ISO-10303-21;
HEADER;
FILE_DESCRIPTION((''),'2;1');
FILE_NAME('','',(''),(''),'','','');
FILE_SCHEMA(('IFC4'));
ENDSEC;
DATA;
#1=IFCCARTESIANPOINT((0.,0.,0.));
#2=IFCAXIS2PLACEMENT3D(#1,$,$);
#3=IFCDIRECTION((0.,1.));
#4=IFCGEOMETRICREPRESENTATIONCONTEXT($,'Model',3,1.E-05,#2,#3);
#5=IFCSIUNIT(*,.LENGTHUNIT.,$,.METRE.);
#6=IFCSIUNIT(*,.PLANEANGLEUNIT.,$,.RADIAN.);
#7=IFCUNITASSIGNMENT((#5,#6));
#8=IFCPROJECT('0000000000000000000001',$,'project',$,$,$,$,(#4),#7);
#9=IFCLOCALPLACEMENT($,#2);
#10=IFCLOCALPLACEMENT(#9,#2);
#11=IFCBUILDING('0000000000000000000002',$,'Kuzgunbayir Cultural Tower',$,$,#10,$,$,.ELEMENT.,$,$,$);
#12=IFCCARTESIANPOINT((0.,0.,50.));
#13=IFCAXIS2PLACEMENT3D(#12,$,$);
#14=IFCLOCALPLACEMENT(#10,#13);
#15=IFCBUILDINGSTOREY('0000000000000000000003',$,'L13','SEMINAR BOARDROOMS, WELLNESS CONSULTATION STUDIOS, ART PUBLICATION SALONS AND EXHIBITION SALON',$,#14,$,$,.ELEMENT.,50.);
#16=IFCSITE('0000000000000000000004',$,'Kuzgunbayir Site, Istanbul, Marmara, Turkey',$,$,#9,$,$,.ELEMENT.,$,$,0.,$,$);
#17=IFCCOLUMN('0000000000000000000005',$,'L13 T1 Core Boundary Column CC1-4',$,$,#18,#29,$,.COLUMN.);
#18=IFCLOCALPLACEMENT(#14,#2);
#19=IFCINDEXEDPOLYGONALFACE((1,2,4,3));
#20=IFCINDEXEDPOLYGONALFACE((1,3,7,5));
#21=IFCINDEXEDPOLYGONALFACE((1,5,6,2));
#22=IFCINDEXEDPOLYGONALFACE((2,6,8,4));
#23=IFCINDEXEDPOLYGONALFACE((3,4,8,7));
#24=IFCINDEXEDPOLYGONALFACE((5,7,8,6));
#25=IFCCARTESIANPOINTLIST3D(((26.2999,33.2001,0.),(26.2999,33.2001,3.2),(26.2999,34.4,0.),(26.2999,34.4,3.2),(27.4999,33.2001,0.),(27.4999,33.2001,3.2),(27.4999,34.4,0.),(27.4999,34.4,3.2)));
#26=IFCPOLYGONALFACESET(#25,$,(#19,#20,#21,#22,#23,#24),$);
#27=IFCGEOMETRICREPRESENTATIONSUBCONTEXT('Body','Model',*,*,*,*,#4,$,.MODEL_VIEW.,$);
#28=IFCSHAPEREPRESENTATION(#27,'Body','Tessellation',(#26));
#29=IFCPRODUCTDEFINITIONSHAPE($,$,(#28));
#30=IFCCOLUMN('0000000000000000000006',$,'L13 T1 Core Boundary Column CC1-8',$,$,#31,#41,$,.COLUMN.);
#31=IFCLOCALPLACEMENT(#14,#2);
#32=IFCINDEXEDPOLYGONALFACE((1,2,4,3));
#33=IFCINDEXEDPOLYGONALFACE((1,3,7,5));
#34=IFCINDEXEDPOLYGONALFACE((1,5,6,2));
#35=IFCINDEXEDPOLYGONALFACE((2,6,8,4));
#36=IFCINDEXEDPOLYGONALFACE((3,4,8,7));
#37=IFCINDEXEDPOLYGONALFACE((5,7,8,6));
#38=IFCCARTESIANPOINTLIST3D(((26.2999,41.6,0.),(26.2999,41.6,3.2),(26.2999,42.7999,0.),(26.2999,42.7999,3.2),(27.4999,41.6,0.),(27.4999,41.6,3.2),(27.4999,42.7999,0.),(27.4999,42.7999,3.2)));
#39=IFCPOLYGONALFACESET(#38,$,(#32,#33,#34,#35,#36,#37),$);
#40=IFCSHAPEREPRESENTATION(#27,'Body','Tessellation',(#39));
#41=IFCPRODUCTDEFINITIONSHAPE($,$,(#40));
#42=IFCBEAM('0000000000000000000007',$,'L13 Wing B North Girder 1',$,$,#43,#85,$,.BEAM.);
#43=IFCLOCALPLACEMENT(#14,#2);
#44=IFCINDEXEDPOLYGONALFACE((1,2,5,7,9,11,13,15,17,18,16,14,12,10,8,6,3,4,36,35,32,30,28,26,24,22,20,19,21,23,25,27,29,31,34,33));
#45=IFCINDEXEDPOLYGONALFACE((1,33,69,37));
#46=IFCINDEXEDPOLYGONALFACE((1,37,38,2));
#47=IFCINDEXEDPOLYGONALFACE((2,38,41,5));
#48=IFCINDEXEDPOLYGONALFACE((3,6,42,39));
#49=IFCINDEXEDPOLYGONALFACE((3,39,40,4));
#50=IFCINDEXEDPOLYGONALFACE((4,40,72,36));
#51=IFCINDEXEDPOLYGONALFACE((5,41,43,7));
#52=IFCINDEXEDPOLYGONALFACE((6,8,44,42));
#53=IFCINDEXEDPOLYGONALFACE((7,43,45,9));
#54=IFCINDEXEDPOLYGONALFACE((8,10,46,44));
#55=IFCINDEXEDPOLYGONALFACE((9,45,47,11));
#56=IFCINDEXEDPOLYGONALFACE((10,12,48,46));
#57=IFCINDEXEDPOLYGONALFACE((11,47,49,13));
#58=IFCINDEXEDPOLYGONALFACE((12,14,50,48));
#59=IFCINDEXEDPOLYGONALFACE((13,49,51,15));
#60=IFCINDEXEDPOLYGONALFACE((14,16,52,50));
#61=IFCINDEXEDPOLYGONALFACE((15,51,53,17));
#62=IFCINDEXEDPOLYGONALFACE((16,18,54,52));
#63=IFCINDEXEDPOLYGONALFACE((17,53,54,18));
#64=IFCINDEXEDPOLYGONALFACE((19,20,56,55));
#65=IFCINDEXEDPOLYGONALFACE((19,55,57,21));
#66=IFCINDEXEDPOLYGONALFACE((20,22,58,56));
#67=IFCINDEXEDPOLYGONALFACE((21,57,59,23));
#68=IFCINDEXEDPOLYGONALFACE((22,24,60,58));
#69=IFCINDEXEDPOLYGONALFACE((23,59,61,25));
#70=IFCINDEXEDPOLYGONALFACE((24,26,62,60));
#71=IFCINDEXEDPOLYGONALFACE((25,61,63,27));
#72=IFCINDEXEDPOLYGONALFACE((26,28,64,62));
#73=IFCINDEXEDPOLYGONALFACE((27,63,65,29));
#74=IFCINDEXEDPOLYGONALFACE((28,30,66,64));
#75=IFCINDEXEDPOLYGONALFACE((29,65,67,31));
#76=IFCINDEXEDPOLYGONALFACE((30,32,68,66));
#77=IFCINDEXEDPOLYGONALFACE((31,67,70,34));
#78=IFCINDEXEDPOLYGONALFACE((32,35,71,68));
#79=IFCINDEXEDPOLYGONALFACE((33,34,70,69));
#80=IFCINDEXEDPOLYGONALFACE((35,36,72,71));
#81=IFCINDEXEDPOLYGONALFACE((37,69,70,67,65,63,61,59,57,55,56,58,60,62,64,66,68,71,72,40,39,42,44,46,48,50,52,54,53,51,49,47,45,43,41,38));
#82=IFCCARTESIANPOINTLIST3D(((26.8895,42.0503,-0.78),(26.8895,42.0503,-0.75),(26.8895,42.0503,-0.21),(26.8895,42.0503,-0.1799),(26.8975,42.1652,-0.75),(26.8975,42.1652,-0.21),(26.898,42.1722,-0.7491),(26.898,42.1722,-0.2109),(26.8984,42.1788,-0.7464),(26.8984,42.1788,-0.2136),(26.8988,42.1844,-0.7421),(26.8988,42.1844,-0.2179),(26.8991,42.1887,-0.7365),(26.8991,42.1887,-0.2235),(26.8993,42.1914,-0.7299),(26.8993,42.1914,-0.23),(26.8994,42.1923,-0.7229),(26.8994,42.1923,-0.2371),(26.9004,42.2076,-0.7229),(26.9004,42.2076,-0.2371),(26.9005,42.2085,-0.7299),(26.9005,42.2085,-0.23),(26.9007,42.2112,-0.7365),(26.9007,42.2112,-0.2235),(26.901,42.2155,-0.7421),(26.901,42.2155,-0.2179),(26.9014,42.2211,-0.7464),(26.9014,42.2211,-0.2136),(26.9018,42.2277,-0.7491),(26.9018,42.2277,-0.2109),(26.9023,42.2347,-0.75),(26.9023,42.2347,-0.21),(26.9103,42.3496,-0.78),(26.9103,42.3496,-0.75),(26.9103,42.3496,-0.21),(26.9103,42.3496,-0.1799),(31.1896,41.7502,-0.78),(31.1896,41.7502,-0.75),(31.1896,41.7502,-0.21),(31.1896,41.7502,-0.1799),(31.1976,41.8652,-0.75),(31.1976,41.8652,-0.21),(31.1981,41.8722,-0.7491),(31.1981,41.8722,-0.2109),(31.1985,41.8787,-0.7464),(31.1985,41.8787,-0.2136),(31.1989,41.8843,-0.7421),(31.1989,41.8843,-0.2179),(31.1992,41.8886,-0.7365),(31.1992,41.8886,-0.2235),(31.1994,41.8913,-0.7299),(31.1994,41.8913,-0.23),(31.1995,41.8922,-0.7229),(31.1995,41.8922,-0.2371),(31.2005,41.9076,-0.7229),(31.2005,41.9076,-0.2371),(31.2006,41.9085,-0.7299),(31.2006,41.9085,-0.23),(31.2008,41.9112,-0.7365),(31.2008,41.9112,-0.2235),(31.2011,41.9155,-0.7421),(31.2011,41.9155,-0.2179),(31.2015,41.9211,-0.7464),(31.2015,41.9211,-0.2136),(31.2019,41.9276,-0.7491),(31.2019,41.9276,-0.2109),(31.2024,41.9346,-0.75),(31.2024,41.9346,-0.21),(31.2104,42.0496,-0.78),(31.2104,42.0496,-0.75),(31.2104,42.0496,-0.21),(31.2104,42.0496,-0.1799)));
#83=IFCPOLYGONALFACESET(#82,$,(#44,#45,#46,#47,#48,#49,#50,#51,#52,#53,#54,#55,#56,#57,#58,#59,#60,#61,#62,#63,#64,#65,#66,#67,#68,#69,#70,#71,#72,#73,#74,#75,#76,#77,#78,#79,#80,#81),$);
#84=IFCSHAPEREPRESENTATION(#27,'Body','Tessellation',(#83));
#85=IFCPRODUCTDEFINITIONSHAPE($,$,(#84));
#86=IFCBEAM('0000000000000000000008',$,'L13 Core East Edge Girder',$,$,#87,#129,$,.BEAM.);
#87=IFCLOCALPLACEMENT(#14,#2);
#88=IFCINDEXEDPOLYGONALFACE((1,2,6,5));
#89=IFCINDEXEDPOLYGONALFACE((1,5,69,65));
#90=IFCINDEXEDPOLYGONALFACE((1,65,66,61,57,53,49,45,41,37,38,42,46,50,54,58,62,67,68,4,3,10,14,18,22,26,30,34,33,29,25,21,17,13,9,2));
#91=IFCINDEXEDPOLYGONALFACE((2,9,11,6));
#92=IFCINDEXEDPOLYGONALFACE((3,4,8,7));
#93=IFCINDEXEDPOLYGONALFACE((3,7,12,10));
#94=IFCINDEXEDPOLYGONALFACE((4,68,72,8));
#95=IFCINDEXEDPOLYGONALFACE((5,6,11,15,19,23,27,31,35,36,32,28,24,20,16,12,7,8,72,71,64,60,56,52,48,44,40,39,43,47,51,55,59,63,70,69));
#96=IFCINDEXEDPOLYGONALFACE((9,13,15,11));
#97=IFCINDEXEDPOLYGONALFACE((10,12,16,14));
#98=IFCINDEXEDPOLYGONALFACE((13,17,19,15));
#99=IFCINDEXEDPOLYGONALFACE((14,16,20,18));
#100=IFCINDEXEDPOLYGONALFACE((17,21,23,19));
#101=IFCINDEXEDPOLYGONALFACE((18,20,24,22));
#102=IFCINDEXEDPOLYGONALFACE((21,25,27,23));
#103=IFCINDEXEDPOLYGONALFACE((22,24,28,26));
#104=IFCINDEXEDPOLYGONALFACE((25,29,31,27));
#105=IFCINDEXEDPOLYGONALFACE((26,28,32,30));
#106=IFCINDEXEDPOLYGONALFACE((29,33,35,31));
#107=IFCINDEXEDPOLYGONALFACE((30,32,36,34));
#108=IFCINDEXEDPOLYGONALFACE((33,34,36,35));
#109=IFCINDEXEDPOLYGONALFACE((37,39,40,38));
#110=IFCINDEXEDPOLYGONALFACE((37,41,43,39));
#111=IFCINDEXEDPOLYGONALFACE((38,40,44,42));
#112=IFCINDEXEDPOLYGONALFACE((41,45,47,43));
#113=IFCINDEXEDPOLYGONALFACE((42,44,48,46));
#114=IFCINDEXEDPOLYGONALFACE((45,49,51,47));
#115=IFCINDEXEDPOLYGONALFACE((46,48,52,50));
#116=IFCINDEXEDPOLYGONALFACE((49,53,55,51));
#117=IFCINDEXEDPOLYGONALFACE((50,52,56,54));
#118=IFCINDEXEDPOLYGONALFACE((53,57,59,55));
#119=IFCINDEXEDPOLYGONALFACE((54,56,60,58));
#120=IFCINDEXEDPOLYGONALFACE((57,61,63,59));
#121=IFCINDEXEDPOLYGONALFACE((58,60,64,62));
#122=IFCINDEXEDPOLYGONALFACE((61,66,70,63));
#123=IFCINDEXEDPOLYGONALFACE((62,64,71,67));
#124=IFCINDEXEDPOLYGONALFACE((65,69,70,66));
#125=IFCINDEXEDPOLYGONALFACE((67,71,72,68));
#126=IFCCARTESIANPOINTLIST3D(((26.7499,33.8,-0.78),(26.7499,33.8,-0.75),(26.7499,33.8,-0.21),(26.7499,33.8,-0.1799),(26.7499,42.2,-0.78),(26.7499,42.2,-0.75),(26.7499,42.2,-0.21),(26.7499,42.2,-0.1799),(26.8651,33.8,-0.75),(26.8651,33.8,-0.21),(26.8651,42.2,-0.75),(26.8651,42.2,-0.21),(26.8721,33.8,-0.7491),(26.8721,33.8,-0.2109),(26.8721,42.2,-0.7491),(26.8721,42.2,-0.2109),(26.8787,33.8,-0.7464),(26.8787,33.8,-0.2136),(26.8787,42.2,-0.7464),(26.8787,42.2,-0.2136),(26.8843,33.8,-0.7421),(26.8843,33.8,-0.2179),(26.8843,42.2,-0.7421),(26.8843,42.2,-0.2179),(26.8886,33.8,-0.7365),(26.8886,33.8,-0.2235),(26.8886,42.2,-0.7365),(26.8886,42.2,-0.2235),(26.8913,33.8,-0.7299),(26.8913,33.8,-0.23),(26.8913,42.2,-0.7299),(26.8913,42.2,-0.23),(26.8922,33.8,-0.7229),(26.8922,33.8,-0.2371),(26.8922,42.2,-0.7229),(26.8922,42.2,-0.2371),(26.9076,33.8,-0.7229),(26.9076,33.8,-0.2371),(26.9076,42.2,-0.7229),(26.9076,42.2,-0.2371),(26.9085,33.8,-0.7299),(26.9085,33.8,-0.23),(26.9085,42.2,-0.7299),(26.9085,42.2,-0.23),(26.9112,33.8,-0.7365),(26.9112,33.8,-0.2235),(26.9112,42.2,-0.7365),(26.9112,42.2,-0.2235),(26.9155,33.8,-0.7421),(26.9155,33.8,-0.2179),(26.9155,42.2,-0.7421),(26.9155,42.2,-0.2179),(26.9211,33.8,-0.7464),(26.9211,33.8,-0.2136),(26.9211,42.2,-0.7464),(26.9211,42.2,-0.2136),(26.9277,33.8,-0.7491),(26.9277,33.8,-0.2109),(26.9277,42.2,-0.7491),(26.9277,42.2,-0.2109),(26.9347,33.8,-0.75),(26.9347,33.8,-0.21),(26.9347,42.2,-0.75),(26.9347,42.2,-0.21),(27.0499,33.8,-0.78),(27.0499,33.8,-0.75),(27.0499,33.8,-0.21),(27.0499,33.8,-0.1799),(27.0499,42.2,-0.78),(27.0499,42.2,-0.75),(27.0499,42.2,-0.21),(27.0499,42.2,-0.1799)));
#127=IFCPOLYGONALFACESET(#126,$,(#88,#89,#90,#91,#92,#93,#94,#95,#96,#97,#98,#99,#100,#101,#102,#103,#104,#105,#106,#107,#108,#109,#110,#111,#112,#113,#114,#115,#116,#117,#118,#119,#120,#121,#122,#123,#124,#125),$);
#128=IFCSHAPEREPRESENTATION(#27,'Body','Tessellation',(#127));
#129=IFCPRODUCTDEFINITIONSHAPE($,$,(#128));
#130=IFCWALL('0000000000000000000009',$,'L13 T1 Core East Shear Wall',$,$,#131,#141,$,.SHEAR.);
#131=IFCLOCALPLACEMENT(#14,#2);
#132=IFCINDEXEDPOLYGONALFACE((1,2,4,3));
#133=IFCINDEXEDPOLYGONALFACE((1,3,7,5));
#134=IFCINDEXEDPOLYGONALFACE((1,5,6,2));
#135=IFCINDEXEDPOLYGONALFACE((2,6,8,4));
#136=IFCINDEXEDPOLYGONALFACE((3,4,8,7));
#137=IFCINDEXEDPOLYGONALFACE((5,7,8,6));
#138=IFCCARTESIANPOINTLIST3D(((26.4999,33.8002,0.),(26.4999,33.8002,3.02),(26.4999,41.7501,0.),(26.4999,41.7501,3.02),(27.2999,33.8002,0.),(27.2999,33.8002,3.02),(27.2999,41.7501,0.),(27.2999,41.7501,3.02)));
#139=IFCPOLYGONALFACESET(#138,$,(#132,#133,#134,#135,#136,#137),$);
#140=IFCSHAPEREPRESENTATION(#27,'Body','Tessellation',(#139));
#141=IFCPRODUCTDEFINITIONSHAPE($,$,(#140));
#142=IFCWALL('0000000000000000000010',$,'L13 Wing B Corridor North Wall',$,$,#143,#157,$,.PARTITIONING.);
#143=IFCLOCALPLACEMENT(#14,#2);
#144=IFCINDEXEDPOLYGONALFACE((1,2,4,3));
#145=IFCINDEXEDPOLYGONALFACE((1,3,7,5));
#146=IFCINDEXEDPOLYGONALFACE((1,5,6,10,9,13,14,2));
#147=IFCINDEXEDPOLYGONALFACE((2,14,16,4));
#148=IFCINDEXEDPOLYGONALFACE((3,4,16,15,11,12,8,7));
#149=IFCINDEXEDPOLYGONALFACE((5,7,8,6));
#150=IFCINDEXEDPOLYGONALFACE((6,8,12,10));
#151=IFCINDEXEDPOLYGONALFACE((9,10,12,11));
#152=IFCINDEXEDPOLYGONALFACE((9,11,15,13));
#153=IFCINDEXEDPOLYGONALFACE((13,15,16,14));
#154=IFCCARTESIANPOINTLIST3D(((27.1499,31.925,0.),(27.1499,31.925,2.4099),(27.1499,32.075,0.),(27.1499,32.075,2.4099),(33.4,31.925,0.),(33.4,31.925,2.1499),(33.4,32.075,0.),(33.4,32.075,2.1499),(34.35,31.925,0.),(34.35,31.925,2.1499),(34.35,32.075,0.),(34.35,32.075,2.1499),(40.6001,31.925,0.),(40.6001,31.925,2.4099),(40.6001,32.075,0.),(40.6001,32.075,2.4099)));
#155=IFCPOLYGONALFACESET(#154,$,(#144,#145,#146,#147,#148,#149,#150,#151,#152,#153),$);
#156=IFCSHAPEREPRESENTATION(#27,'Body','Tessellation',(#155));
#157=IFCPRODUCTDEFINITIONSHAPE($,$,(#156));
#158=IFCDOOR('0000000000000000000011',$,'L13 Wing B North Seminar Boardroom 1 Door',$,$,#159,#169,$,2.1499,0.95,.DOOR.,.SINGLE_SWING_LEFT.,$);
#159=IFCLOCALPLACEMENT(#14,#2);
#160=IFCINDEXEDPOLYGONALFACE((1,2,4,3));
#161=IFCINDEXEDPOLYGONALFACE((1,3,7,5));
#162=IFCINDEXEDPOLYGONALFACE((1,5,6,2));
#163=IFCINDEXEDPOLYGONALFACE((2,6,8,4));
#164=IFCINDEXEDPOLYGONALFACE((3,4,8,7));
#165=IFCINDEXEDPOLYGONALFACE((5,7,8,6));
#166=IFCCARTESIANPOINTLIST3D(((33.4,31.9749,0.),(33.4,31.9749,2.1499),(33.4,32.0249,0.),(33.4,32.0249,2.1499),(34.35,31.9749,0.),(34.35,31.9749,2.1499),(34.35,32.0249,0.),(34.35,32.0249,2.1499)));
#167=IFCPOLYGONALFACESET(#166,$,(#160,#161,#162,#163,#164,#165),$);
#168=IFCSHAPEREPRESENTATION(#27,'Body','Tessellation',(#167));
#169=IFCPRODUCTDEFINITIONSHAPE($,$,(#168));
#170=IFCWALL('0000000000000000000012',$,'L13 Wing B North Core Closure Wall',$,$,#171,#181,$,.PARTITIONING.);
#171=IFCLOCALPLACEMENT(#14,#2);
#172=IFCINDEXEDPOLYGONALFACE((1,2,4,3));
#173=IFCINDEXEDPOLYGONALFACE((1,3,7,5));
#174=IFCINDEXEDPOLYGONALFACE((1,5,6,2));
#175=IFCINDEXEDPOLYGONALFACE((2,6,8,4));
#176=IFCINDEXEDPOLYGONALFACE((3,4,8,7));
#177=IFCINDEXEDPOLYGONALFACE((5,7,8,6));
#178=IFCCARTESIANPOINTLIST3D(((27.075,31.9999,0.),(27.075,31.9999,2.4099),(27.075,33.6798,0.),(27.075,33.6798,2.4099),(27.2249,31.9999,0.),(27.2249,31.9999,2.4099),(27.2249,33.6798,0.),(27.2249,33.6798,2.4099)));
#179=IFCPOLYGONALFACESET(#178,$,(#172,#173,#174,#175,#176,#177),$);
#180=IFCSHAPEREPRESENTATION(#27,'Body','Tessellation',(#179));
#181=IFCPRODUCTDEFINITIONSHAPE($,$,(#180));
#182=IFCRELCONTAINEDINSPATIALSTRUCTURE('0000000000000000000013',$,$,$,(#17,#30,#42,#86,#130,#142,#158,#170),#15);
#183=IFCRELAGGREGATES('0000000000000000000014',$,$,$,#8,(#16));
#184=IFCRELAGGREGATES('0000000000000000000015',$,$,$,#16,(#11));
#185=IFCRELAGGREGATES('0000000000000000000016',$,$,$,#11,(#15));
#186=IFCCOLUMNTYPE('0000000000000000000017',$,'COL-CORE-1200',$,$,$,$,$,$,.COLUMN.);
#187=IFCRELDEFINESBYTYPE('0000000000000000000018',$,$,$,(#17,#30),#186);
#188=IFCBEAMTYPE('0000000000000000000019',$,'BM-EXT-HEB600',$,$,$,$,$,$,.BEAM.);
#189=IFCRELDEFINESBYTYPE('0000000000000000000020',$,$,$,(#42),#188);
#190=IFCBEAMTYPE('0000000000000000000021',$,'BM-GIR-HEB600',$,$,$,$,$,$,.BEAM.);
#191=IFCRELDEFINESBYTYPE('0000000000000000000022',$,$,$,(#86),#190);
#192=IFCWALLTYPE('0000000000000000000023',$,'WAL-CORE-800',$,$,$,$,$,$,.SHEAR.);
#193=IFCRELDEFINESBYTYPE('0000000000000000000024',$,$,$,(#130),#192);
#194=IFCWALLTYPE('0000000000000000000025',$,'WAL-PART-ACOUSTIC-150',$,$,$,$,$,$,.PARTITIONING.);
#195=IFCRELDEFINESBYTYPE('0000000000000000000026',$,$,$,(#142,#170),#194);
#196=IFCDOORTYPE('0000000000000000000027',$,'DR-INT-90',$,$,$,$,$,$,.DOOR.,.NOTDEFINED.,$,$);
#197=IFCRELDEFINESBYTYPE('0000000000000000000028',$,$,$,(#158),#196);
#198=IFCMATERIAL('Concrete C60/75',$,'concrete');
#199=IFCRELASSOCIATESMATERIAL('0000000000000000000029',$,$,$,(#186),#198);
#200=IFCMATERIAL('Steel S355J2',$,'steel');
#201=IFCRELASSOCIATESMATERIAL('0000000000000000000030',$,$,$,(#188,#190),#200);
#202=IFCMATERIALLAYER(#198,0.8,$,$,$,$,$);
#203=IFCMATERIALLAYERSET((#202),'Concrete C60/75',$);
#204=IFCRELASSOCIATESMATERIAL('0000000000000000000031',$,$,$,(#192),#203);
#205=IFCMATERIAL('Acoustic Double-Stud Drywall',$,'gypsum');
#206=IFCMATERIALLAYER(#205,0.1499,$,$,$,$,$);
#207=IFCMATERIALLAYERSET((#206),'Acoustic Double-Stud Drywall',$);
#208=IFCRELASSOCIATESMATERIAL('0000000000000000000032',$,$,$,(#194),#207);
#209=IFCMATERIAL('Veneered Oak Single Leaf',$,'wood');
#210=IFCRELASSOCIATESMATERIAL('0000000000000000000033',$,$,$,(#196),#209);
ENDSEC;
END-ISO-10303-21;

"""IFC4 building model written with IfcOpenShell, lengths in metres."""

from ifc_helpers import new_model, si_unit, direction, frame, frame_2d, origin, origin_2d, place, context, subcontext, project, spatial, rectangle, i_section, extrude, material, layer, layer_set, material_profile, profile_set, type_object, element, fill, save


model = new_model("IFC4")

# Units and contexts
model_context = context("Model", 3, precision=1e-05, world=origin(), true_north=direction((0.0, 1.0)))
body_context = subcontext(model_context, "Body", "Model", "MODEL_VIEW")
ifc_project = project(units=[si_unit("LENGTHUNIT", "METRE"), si_unit("PLANEANGLEUNIT", "RADIAN")], contexts=[model_context])

# Site, building, storey
site_placement = place(None, origin())
site = spatial("IfcSite", under=ifc_project, at=site_placement, Name="Kuzgunbayir Site, Istanbul, Marmara, Turkey", CompositionType="ELEMENT", RefElevation=0.0)
building_placement = place(site_placement, origin())
building = spatial("IfcBuilding", under=site, at=building_placement, Name="Kuzgunbayir Cultural Tower", CompositionType="ELEMENT")
storey_placement = place(building_placement, frame((0.0, 0.0, 50.0)))
storey = spatial("IfcBuildingStorey", under=building, at=storey_placement, Name="L13", Description="SEMINAR BOARDROOMS, WELLNESS CONSULTATION STUDIOS, ART PUBLICATION SALONS AND EXHIBITION SALON", CompositionType="ELEMENT", Elevation=50.0)

# Columns
ifc_material_1 = material(Name="Concrete C60/75", Category="concrete")
ifc_material_profile_1 = material_profile(ifc_material_1, rectangle(XDim=1.2, YDim=1.2, at=origin_2d()), Name="RC 1200x1200")
ifc_profile_set_1 = profile_set([ifc_material_profile_1], Name="Concrete C60/75")
column_type = type_object("IfcColumnType", Name="COL-CORE-1200", PredefinedType="COLUMN", material=ifc_profile_set_1)
for number, where, z_axis, x_axis, name in (
    (1, (26.8999, 33.8, 0.0), (0.0, 0.0, 1.0), (1.0, 0.0, 0.0), "L13 T1 Core Boundary Column CC1-4"),
    (2, (26.8999, 42.2, 0.0), (0.0, 0.0, 1.0), (1.0, 0.0, 0.0), "L13 T1 Core Boundary Column CC1-8"),
):
    element("IfcColumn", number, at=place(storey_placement, frame(where, z_axis=z_axis, x_axis=x_axis)), inside=storey, type_object=column_type, Name=name, PredefinedType="COLUMN", context=body_context, shape_type="SweptSolid", body=[
        extrude(rectangle(XDim=1.2, YDim=1.2, at=origin_2d()), origin(), (0.0, 0.0, 1.0), 3.2),
    ])

# Beams
ifc_material_2 = material(Name="Steel S355J2", Category="steel")
ifc_material_profile_2 = material_profile(ifc_material_2, i_section(OverallWidth=0.3, OverallDepth=0.6001, WebThickness=0.0154, FlangeThickness=0.03, FilletRadius=0.0271, at=origin_2d()), Name="HEB 600")
ifc_profile_set_2 = profile_set([ifc_material_profile_2], Name="Steel S355J2")
beam_type_1 = type_object("IfcBeamType", Name="BM-EXT-HEB600", PredefinedType="BEAM", material=ifc_profile_set_2)
beam_1_placement = place(storey_placement, frame((26.8999, 42.2, -0.48), z_axis=(0.997574, -0.069609, 0.0), x_axis=(0.069609, 0.997574, 0.0)))
element("IfcBeam", 3, at=beam_1_placement, inside=storey, type_object=beam_type_1, Name="L13 Wing B North Girder 1", PredefinedType="BEAM", context=body_context, shape_type="SweptSolid", body=[
    extrude(i_section(OverallWidth=0.3, OverallDepth=0.6001, WebThickness=0.0154, FlangeThickness=0.03, FilletRadius=0.0271, at=origin_2d()), origin(), (0.0, 0.0, 1.0), 4.3105),
])
ifc_material_profile_3 = material_profile(ifc_material_2, i_section(OverallWidth=0.3, OverallDepth=0.6001, WebThickness=0.0154, FlangeThickness=0.03, FilletRadius=0.0271, at=origin_2d()), Name="HEB 600")
ifc_profile_set_3 = profile_set([ifc_material_profile_3], Name="Steel S355J2")
beam_type_2 = type_object("IfcBeamType", Name="BM-GIR-HEB600", PredefinedType="BEAM", material=ifc_profile_set_3)
beam_2_placement = place(storey_placement, frame((26.8999, 33.8, -0.48), z_axis=(0.0, 1.0, 0.0), x_axis=(-1.0, 0.0, 0.0)))
element("IfcBeam", 4, at=beam_2_placement, inside=storey, type_object=beam_type_2, Name="L13 Core East Edge Girder", PredefinedType="BEAM", context=body_context, shape_type="SweptSolid", body=[
    extrude(i_section(OverallWidth=0.3, OverallDepth=0.6001, WebThickness=0.0154, FlangeThickness=0.03, FilletRadius=0.0271, at=origin_2d()), origin(), (0.0, 0.0, 1.0), 8.3999),
])

# Wall
ifc_layer_1 = layer(ifc_material_1, 0.8)
ifc_layer_set_1 = layer_set([ifc_layer_1], Name="Concrete C60/75")
wall_type_1 = type_object("IfcWallType", Name="WAL-CORE-800", PredefinedType="SHEAR", material=ifc_layer_set_1)
wall_1_placement = place(storey_placement, frame((26.8999, 33.8, 0.0), z_axis=(0.0, 0.0, 1.0), x_axis=(0.0, 1.0, 0.0)))
element("IfcWall", 5, at=wall_1_placement, inside=storey, type_object=wall_type_1, Name="L13 T1 Core East Shear Wall", PredefinedType="SHEAR", context=body_context, shape_type="SweptSolid", body=[
    extrude(rectangle(XDim=7.95, YDim=0.8, at=frame_2d((3.9751, 0.0))), origin(), (0.0, 0.0, 1.0), 3.02),
])

# Shared definitions
ifc_material_3 = material(Name="Acoustic Double-Stud Drywall", Category="gypsum")
ifc_layer_2 = layer(ifc_material_3, 0.1499)
ifc_layer_set_2 = layer_set([ifc_layer_2], Name="Acoustic Double-Stud Drywall")
wall_type_2 = type_object("IfcWallType", Name="WAL-PART-ACOUSTIC-150", PredefinedType="PARTITIONING", material=ifc_layer_set_2)
ifc_material_4 = material(Name="Veneered Oak Single Leaf", Category="wood")
door_type_1 = type_object("IfcDoorType", Name="DR-INT-90", OperationType="NOTDEFINED", PredefinedType="DOOR", material=ifc_material_4)

# Wall, opening, door
wall_2_placement = place(storey_placement, frame((27.1499, 32.0, 0.0), z_axis=(0.0, 0.0, 1.0), x_axis=(1.0, 0.0, 0.0)))
wall_2 = element("IfcWall", 6, at=wall_2_placement, inside=storey, type_object=wall_type_2, Name="L13 Wing B Corridor North Wall", PredefinedType="PARTITIONING", context=body_context, shape_type="SweptSolid", body=[
    extrude(rectangle(XDim=13.4502, YDim=0.1499, at=frame_2d((6.7251, 0.0))), origin(), (0.0, 0.0, 1.0), 2.4099),
])
opening_1_placement = place(wall_2_placement, frame((6.25, 0.0, 0.0)))
opening_1 = element("IfcOpeningElement", 7, at=opening_1_placement, cuts=wall_2, PredefinedType="OPENING", context=body_context, shape_type="SweptSolid", body=[
    extrude(rectangle(XDim=0.95, YDim=2.1499, at=frame_2d((0.4751, 1.075))), frame((0.0, 0.085, 0.0), z_axis=(0.0, -1.0, 0.0), x_axis=(1.0, 0.0, 0.0)), (0.0, 0.0, 1.0), 0.1699),
])
door_1_placement = place(opening_1_placement, origin())
door_1 = element("IfcDoor", 8, at=door_1_placement, inside=storey, type_object=door_type_1, Name="L13 Wing B North Seminar Boardroom 1 Door", OperationType="SINGLE_SWING_LEFT", OverallHeight=2.1499, OverallWidth=0.95, PredefinedType="DOOR", context=body_context, shape_type="SweptSolid", body=[
    extrude(rectangle(XDim=0.95, YDim=2.1499, at=frame_2d((0.4751, 1.075))), frame((0.0, 0.0249, 0.0), z_axis=(0.0, -1.0, 0.0), x_axis=(1.0, 0.0, 0.0)), (0.0, 0.0, 1.0), 0.05),
])
fill(opening_1, door_1)

# Wall
wall_3_placement = place(storey_placement, frame((27.1499, 32.0, 0.0), z_axis=(0.0, 0.0, 1.0), x_axis=(0.0, 1.0, 0.0)))
element("IfcWall", 9, at=wall_3_placement, inside=storey, type_object=wall_type_2, Name="L13 Wing B North Core Closure Wall", PredefinedType="PARTITIONING", context=body_context, shape_type="SweptSolid", body=[
    extrude(rectangle(XDim=1.6799, YDim=0.1499, at=frame_2d((0.8398, 0.0))), origin(), (0.0, 0.0, 1.0), 2.4099),
])

save(model, "model.ifc")
